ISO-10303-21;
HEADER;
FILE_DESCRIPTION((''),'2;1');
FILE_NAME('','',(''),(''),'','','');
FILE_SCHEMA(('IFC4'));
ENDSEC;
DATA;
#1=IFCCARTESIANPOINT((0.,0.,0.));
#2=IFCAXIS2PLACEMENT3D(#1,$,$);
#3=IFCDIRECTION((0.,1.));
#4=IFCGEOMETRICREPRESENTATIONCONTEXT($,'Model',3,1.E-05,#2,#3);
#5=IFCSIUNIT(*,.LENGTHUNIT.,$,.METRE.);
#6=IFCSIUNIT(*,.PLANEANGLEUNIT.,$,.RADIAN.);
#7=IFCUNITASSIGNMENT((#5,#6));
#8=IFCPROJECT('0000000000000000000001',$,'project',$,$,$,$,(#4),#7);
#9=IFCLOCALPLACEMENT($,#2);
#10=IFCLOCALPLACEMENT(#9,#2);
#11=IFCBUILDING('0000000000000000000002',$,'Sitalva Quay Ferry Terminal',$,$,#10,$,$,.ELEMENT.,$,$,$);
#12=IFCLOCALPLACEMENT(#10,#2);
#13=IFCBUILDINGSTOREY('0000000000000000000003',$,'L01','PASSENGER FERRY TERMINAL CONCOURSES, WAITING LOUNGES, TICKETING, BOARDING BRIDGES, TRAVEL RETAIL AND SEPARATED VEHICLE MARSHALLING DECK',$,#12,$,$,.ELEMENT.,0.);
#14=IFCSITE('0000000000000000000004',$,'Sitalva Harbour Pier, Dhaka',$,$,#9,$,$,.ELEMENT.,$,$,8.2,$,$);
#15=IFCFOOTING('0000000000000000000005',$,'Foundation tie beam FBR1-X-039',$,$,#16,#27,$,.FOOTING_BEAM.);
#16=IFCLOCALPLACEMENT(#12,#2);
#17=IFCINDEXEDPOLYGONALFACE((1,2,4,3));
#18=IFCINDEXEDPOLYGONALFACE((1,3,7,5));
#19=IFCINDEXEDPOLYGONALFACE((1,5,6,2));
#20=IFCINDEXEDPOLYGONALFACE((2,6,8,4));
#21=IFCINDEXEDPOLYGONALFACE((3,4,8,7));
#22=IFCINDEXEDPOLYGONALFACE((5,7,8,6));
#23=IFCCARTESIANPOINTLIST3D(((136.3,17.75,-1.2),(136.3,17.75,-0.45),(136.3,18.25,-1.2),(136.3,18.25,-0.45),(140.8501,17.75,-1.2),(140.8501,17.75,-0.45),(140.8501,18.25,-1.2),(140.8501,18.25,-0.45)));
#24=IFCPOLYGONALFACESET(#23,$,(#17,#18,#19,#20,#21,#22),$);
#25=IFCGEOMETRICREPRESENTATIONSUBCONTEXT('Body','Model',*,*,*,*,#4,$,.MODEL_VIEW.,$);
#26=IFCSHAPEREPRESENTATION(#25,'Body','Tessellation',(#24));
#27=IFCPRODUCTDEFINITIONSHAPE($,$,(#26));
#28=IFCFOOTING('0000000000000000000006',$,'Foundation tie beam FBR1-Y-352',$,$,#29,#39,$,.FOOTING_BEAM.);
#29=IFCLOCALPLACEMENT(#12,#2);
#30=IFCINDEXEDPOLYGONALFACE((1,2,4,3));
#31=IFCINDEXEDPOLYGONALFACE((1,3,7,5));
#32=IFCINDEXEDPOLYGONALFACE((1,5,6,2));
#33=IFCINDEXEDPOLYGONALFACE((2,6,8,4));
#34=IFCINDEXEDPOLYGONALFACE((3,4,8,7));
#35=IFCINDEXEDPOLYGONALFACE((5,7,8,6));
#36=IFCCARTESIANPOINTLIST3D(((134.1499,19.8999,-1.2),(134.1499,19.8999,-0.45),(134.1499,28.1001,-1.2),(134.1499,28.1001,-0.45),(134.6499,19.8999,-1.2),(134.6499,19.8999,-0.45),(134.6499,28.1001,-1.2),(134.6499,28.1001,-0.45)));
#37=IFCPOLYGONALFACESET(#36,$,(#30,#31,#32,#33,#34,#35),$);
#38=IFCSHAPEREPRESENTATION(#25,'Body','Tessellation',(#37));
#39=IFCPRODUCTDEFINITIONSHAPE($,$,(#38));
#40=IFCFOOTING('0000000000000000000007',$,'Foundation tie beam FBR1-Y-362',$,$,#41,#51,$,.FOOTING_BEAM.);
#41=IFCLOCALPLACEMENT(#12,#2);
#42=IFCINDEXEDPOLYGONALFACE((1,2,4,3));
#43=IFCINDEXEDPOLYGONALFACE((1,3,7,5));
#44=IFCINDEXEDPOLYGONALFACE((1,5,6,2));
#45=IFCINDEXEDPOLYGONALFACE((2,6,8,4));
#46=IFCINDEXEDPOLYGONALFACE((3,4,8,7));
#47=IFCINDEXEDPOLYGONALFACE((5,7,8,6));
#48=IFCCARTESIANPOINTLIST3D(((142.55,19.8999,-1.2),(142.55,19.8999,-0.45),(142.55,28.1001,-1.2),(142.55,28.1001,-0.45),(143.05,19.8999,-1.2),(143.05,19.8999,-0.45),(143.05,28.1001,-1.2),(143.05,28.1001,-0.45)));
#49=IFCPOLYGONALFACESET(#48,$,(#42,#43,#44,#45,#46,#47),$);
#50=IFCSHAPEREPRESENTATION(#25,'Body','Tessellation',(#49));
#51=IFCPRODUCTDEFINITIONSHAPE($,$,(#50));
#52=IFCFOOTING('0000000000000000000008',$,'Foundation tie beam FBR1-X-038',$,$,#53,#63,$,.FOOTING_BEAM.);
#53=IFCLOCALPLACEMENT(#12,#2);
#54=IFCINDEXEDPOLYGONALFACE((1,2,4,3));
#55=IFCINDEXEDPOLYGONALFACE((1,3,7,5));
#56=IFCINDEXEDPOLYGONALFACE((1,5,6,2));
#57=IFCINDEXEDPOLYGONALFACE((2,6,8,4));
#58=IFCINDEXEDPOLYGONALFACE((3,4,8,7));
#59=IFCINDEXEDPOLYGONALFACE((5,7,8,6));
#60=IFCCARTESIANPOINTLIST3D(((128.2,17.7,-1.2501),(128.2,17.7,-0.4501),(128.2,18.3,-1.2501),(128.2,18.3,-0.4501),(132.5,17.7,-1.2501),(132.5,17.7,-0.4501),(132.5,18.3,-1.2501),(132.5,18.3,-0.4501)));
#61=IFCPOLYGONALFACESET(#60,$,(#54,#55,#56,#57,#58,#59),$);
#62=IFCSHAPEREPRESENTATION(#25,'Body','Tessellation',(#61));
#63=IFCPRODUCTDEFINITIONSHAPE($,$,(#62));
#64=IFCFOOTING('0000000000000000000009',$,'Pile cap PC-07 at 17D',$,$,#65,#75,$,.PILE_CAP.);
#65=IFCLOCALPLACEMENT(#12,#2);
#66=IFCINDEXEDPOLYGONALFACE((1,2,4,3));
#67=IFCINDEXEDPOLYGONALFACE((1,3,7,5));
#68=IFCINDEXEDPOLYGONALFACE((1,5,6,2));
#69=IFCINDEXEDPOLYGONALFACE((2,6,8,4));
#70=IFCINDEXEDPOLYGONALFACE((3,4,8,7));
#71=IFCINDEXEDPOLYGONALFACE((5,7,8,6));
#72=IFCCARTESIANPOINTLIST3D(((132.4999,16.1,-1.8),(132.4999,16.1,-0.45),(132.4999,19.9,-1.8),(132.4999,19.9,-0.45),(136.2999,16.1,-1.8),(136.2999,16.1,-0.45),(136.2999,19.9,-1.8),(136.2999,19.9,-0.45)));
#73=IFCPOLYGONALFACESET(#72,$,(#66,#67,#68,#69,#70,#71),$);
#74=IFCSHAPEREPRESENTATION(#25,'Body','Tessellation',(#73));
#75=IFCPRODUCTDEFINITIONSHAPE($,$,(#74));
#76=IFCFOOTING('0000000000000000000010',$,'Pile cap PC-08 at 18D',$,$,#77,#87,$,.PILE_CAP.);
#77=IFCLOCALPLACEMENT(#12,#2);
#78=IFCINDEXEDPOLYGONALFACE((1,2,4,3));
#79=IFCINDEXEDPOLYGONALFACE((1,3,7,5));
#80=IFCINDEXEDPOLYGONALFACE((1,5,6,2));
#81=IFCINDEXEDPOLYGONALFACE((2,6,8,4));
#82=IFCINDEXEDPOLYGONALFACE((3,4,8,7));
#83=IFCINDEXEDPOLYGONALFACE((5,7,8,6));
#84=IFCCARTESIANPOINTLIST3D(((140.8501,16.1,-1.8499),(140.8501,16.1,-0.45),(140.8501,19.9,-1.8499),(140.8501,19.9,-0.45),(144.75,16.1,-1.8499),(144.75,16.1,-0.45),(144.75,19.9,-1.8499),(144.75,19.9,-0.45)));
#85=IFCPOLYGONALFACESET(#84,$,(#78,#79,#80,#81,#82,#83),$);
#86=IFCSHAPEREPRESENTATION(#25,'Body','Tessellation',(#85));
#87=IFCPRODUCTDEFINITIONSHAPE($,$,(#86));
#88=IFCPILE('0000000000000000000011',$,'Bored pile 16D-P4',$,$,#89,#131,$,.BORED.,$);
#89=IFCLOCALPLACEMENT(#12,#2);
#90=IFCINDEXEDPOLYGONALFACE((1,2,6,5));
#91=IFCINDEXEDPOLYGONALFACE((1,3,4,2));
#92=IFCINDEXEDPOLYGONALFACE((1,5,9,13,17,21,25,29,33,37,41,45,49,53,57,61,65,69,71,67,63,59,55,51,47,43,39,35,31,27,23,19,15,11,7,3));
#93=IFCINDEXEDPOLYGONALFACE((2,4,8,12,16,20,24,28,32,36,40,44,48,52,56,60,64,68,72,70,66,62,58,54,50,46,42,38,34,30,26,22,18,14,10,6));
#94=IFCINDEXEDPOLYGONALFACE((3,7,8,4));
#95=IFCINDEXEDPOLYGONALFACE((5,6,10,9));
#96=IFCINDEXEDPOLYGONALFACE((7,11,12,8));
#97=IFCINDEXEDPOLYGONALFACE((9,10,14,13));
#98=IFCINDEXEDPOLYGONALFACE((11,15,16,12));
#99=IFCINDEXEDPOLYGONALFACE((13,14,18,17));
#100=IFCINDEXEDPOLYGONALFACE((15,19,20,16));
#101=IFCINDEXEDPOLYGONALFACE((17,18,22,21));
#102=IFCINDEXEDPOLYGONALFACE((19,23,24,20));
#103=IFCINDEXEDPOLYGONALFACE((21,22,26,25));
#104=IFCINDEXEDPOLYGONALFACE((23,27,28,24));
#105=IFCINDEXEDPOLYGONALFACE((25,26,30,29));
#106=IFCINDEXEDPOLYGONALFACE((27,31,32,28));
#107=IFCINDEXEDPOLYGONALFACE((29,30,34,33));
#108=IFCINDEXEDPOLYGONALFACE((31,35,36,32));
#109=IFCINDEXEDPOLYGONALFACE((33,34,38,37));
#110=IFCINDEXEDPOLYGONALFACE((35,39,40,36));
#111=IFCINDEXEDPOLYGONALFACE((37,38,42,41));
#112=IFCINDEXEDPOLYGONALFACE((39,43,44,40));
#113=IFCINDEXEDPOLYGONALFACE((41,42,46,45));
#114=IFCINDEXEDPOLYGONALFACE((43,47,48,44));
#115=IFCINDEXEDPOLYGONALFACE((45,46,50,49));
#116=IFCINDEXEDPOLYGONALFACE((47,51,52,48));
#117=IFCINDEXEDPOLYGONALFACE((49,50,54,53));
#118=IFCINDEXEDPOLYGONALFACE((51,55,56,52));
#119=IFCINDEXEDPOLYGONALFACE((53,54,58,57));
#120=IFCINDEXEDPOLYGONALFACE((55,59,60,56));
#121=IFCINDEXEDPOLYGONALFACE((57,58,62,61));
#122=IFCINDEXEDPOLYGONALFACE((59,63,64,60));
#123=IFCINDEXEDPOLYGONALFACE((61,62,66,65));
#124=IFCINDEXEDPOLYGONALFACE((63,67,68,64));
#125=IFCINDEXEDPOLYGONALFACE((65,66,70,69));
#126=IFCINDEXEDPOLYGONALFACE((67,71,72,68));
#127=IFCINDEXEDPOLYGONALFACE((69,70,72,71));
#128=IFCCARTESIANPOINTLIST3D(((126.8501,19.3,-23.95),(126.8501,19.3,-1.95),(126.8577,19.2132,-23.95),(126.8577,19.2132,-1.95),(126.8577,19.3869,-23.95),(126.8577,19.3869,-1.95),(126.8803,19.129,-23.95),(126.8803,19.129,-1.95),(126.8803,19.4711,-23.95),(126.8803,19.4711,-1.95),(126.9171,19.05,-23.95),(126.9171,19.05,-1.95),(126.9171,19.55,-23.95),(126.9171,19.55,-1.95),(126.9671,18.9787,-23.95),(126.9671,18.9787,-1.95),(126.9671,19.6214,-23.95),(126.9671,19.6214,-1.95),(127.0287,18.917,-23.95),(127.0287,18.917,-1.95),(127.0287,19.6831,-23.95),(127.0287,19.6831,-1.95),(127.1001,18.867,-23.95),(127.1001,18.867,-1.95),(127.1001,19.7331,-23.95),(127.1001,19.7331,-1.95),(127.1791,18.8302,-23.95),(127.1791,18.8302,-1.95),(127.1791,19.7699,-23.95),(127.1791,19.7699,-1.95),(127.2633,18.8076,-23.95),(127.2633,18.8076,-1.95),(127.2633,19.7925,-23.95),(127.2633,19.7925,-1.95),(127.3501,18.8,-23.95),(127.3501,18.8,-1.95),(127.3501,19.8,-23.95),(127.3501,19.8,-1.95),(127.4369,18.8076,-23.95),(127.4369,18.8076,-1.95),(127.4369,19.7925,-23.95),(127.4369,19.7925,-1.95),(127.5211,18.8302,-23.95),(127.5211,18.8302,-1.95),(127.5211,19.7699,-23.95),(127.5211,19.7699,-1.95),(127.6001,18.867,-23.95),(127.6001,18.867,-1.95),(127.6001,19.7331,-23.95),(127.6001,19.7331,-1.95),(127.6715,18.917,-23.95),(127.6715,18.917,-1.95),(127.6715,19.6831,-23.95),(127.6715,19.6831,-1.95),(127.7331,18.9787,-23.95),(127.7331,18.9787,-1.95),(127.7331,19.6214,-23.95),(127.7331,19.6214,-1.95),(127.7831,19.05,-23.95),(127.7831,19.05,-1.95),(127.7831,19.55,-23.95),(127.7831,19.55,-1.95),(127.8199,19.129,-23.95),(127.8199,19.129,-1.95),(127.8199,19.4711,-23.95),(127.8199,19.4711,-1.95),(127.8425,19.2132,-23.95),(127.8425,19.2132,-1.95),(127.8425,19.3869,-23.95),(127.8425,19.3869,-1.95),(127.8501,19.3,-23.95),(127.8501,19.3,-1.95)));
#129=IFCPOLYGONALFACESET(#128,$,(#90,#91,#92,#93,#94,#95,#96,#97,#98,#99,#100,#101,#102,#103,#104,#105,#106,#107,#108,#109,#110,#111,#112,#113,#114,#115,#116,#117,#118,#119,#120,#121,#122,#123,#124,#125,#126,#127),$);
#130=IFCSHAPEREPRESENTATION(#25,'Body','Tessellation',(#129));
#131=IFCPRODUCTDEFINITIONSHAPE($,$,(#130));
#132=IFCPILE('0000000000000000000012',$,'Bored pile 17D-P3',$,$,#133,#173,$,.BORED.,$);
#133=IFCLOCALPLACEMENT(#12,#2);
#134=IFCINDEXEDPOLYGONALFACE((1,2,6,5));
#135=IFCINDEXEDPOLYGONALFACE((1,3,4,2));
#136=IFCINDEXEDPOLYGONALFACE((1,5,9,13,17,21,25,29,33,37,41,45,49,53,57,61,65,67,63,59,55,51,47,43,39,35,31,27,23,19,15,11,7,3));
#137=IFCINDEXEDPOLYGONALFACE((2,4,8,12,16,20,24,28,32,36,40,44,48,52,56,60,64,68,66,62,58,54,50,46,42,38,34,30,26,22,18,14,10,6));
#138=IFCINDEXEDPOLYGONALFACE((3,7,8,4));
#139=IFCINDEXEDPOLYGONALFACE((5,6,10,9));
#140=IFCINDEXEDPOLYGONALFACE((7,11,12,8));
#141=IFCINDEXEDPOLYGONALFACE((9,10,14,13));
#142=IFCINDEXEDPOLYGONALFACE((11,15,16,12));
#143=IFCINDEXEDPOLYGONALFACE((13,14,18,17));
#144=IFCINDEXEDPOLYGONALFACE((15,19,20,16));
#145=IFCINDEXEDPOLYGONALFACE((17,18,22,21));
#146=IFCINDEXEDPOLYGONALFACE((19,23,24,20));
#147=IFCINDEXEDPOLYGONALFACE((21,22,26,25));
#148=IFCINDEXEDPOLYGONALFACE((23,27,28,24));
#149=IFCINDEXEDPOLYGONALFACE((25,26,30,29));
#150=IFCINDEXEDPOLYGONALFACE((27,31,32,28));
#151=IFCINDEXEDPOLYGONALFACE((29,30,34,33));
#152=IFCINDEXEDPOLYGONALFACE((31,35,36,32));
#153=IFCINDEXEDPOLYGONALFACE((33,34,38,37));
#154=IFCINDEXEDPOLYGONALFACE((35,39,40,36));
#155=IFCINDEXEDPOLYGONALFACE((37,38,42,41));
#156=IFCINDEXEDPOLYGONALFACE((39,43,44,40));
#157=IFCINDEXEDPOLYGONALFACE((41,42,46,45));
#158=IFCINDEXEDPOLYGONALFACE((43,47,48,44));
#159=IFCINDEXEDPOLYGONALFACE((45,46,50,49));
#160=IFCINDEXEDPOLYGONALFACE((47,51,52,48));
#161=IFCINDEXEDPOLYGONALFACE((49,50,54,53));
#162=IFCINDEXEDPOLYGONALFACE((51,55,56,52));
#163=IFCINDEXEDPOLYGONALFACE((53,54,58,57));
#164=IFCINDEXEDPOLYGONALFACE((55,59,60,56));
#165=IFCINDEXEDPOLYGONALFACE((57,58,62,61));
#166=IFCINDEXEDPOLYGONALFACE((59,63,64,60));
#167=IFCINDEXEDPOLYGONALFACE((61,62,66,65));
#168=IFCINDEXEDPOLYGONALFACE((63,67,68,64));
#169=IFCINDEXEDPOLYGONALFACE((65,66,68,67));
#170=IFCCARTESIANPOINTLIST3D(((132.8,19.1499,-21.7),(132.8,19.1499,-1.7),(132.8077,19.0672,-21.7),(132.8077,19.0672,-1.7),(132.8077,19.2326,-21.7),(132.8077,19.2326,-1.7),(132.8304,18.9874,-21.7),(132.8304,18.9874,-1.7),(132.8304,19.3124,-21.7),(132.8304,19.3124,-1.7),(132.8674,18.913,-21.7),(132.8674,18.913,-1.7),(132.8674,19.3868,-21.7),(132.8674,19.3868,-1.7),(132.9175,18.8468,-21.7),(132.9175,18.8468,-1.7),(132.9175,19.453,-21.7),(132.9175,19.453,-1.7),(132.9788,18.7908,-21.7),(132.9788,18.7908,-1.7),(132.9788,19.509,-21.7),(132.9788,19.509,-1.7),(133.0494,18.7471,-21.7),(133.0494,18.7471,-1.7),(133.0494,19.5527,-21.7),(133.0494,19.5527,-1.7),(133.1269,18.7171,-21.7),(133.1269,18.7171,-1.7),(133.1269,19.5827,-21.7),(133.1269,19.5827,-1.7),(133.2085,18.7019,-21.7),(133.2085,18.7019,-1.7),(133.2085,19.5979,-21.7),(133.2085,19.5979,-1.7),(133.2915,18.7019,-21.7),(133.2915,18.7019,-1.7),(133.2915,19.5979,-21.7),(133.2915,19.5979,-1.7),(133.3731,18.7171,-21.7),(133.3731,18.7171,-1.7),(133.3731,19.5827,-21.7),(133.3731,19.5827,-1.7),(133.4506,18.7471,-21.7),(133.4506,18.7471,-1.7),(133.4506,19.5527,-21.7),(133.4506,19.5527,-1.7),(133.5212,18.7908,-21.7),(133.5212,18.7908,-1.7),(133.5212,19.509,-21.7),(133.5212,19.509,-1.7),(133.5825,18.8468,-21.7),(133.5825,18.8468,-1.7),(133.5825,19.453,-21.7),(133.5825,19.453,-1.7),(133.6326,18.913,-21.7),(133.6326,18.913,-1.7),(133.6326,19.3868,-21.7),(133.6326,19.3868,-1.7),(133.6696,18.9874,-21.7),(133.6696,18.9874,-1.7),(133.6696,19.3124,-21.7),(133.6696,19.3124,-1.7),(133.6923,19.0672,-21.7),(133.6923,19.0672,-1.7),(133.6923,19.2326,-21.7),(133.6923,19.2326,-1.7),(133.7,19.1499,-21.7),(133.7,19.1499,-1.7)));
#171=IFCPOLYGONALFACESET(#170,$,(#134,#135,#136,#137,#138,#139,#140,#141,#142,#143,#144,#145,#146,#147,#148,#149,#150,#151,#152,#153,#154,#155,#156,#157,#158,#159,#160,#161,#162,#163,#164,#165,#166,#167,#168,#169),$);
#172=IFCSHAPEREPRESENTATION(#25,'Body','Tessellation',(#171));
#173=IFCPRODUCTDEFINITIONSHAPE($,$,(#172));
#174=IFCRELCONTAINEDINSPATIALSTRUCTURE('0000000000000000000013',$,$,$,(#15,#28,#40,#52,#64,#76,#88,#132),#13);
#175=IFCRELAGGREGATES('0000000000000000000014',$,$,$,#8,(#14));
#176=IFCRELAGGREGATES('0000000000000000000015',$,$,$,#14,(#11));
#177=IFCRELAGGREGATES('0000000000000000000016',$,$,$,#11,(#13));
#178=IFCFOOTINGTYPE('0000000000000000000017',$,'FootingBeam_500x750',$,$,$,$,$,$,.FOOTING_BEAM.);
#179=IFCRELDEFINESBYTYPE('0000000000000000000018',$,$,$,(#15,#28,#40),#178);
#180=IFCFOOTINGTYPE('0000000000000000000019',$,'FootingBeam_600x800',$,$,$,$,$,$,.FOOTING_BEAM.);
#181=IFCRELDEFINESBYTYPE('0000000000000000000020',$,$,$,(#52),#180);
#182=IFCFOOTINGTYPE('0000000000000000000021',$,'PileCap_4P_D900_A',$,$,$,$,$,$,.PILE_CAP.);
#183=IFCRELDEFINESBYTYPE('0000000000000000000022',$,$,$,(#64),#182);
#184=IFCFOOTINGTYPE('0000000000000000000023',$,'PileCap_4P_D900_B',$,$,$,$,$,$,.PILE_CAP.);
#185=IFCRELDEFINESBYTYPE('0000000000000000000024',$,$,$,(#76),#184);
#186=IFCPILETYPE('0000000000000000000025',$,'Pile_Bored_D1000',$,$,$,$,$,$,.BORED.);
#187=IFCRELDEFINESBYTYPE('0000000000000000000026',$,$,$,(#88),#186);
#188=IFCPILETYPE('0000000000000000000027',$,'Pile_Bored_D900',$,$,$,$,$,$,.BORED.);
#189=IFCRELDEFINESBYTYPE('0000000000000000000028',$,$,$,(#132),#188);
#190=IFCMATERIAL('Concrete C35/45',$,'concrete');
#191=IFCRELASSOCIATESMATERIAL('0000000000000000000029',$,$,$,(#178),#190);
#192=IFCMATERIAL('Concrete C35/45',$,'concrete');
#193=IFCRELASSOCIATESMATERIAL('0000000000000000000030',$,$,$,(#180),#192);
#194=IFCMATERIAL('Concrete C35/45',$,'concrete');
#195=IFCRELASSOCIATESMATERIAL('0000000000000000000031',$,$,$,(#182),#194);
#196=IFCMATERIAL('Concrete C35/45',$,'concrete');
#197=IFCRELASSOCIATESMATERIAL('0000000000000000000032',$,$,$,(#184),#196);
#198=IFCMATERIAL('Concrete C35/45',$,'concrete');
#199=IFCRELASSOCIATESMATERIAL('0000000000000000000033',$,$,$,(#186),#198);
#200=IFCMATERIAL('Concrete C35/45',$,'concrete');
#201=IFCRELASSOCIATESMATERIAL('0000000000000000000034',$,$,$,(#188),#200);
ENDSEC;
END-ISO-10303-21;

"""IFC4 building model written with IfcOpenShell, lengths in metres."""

from ifc_helpers import new_model, si_unit, direction, frame, origin, origin_2d, place, context, subcontext, project, spatial, rectangle, circle, extrude, material, material_profile, profile_set, type_object, element, save


model = new_model("IFC4")

# Units and contexts
model_context = context("Model", 3, precision=1e-05, world=origin(), true_north=direction((0.0, 1.0)))
body_context = subcontext(model_context, "Body", "Model", "MODEL_VIEW")
ifc_project = project(units=[si_unit("LENGTHUNIT", "METRE"), si_unit("PLANEANGLEUNIT", "RADIAN")], contexts=[model_context])

# Site, building, storey
site_placement = place(None, origin())
site = spatial("IfcSite", under=ifc_project, at=site_placement, Name="Sitalva Harbour Pier, Dhaka", CompositionType="ELEMENT", RefElevation=8.2)
building_placement = place(site_placement, origin())
building = spatial("IfcBuilding", under=site, at=building_placement, Name="Sitalva Quay Ferry Terminal", CompositionType="ELEMENT")
storey_placement = place(building_placement, origin())
storey = spatial("IfcBuildingStorey", under=building, at=storey_placement, Name="L01", Description="PASSENGER FERRY TERMINAL CONCOURSES, WAITING LOUNGES, TICKETING, BOARDING BRIDGES, TRAVEL RETAIL AND SEPARATED VEHICLE MARSHALLING DECK", CompositionType="ELEMENT", Elevation=0.0)

# Footings
ifc_material_1 = material(Name="Concrete C35/45", Category="concrete")
ifc_material_profile_1 = material_profile(ifc_material_1, rectangle(XDim=0.5, YDim=0.75, at=origin_2d()), Name="RC500x750")
ifc_profile_set_1 = profile_set([ifc_material_profile_1], Name="Concrete C35/45")
footing_type_1 = type_object("IfcFootingType", Name="FootingBeam_500x750", PredefinedType="FOOTING_BEAM", material=ifc_profile_set_1)
footing_1_placement = place(storey_placement, frame((136.3, 18.0, -0.825), z_axis=(1.0, 0.0, 0.0), x_axis=(0.0, 1.0, 0.0)))
element("IfcFooting", 1, at=footing_1_placement, inside=storey, type_object=footing_type_1, Name="Foundation tie beam FBR1-X-039", PredefinedType="FOOTING_BEAM", context=body_context, shape_type="SweptSolid", body=[
    extrude(rectangle(XDim=0.5, YDim=0.75, at=origin_2d()), origin(), (0.0, 0.0, 1.0), 4.55),
])
for number, where, z_axis, x_axis, name in (
    (2, (134.3999, 19.8999, -0.825), (0.0, 1.0, 0.0), (-1.0, 0.0, 0.0), "Foundation tie beam FBR1-Y-352"),
    (3, (142.8, 19.8999, -0.825), (0.0, 1.0, 0.0), (-1.0, 0.0, 0.0), "Foundation tie beam FBR1-Y-362"),
):
    element("IfcFooting", number, at=place(storey_placement, frame(where, z_axis=z_axis, x_axis=x_axis)), inside=storey, type_object=footing_type_1, Name=name, PredefinedType="FOOTING_BEAM", context=body_context, shape_type="SweptSolid", body=[
        extrude(rectangle(XDim=0.5, YDim=0.75, at=origin_2d()), origin(), (0.0, 0.0, 1.0), 8.2002),
    ])
ifc_material_2 = material(Name="Concrete C35/45", Category="concrete")
ifc_material_profile_2 = material_profile(ifc_material_2, rectangle(XDim=0.6001, YDim=0.8, at=origin_2d()), Name="RC600x800")
ifc_profile_set_2 = profile_set([ifc_material_profile_2], Name="Concrete C35/45")
footing_type_2 = type_object("IfcFootingType", Name="FootingBeam_600x800", PredefinedType="FOOTING_BEAM", material=ifc_profile_set_2)
footing_2_placement = place(storey_placement, frame((128.2, 18.0, -0.8501), z_axis=(1.0, 0.0, 0.0), x_axis=(0.0, 1.0, 0.0)))
element("IfcFooting", 4, at=footing_2_placement, inside=storey, type_object=footing_type_2, Name="Foundation tie beam FBR1-X-038", PredefinedType="FOOTING_BEAM", context=body_context, shape_type="SweptSolid", body=[
    extrude(rectangle(XDim=0.6001, YDim=0.8, at=origin_2d()), origin(), (0.0, 0.0, 1.0), 4.3),
])
ifc_material_3 = material(Name="Concrete C35/45", Category="concrete")
footing_type_3 = type_object("IfcFootingType", Name="PileCap_4P_D900_A", PredefinedType="PILE_CAP", material=ifc_material_3)
footing_3_placement = place(storey_placement, frame((134.3999, 18.0, -1.8), z_axis=(0.0, 0.0, 1.0), x_axis=(1.0, 0.0, 0.0)))
element("IfcFooting", 5, at=footing_3_placement, inside=storey, type_object=footing_type_3, Name="Pile cap PC-07 at 17D", PredefinedType="PILE_CAP", context=body_context, shape_type="SweptSolid", body=[
    extrude(rectangle(XDim=3.8, YDim=3.8, at=origin_2d()), origin(), (0.0, 0.0, 1.0), 1.3501),
])
ifc_material_4 = material(Name="Concrete C35/45", Category="concrete")
footing_type_4 = type_object("IfcFootingType", Name="PileCap_4P_D900_B", PredefinedType="PILE_CAP", material=ifc_material_4)
footing_4_placement = place(storey_placement, frame((142.8, 18.0, -1.8499), z_axis=(0.0, 0.0, 1.0), x_axis=(1.0, 0.0, 0.0)))
element("IfcFooting", 6, at=footing_4_placement, inside=storey, type_object=footing_type_4, Name="Pile cap PC-08 at 18D", PredefinedType="PILE_CAP", context=body_context, shape_type="SweptSolid", body=[
    extrude(rectangle(XDim=3.8999, YDim=3.8, at=origin_2d()), origin(), (0.0, 0.0, 1.0), 1.3999),
])

# Piles
ifc_material_5 = material(Name="Concrete C35/45", Category="concrete")
ifc_material_profile_3 = material_profile(ifc_material_5, circle(Radius=0.5, at=origin_2d()), Name="PILE-D1000")
ifc_profile_set_3 = profile_set([ifc_material_profile_3], Name="Concrete C35/45")
pile_type_1 = type_object("IfcPileType", Name="Pile_Bored_D1000", PredefinedType="BORED", material=ifc_profile_set_3)
pile_placement = place(storey_placement, frame((127.3501, 19.3, -1.95), z_axis=(0.0, 0.0, -1.0), x_axis=(1.0, 0.0, 0.0)))
element("IfcPile", 7, at=pile_placement, inside=storey, type_object=pile_type_1, Name="Bored pile 16D-P4", PredefinedType="BORED", context=body_context, shape_type="SweptSolid", body=[
    extrude(circle(Radius=0.5, at=origin_2d()), origin(), (0.0, 0.0, 1.0), 22.0),
])
ifc_material_6 = material(Name="Concrete C35/45", Category="concrete")
ifc_material_profile_4 = material_profile(ifc_material_6, circle(Radius=0.45, at=origin_2d()), Name="PILE-D900")
ifc_profile_set_4 = profile_set([ifc_material_profile_4], Name="Concrete C35/45")
pile_type_2 = type_object("IfcPileType", Name="Pile_Bored_D900", PredefinedType="BORED", material=ifc_profile_set_4)
for number, where, z_axis, x_axis, name in (
    (8, (133.25, 19.1499, -1.7), (0.0, 0.0, -1.0), (1.0, 0.0, 0.0), "Bored pile 17D-P3"),
):
    element("IfcPile", number, at=place(storey_placement, frame(where, z_axis=z_axis, x_axis=x_axis)), inside=storey, type_object=pile_type_2, Name=name, PredefinedType="BORED", context=body_context, shape_type="SweptSolid", body=[
        extrude(circle(Radius=0.45, at=origin_2d()), origin(), (0.0, 0.0, 1.0), 20.0),
    ])

save(model, "model.ifc")
